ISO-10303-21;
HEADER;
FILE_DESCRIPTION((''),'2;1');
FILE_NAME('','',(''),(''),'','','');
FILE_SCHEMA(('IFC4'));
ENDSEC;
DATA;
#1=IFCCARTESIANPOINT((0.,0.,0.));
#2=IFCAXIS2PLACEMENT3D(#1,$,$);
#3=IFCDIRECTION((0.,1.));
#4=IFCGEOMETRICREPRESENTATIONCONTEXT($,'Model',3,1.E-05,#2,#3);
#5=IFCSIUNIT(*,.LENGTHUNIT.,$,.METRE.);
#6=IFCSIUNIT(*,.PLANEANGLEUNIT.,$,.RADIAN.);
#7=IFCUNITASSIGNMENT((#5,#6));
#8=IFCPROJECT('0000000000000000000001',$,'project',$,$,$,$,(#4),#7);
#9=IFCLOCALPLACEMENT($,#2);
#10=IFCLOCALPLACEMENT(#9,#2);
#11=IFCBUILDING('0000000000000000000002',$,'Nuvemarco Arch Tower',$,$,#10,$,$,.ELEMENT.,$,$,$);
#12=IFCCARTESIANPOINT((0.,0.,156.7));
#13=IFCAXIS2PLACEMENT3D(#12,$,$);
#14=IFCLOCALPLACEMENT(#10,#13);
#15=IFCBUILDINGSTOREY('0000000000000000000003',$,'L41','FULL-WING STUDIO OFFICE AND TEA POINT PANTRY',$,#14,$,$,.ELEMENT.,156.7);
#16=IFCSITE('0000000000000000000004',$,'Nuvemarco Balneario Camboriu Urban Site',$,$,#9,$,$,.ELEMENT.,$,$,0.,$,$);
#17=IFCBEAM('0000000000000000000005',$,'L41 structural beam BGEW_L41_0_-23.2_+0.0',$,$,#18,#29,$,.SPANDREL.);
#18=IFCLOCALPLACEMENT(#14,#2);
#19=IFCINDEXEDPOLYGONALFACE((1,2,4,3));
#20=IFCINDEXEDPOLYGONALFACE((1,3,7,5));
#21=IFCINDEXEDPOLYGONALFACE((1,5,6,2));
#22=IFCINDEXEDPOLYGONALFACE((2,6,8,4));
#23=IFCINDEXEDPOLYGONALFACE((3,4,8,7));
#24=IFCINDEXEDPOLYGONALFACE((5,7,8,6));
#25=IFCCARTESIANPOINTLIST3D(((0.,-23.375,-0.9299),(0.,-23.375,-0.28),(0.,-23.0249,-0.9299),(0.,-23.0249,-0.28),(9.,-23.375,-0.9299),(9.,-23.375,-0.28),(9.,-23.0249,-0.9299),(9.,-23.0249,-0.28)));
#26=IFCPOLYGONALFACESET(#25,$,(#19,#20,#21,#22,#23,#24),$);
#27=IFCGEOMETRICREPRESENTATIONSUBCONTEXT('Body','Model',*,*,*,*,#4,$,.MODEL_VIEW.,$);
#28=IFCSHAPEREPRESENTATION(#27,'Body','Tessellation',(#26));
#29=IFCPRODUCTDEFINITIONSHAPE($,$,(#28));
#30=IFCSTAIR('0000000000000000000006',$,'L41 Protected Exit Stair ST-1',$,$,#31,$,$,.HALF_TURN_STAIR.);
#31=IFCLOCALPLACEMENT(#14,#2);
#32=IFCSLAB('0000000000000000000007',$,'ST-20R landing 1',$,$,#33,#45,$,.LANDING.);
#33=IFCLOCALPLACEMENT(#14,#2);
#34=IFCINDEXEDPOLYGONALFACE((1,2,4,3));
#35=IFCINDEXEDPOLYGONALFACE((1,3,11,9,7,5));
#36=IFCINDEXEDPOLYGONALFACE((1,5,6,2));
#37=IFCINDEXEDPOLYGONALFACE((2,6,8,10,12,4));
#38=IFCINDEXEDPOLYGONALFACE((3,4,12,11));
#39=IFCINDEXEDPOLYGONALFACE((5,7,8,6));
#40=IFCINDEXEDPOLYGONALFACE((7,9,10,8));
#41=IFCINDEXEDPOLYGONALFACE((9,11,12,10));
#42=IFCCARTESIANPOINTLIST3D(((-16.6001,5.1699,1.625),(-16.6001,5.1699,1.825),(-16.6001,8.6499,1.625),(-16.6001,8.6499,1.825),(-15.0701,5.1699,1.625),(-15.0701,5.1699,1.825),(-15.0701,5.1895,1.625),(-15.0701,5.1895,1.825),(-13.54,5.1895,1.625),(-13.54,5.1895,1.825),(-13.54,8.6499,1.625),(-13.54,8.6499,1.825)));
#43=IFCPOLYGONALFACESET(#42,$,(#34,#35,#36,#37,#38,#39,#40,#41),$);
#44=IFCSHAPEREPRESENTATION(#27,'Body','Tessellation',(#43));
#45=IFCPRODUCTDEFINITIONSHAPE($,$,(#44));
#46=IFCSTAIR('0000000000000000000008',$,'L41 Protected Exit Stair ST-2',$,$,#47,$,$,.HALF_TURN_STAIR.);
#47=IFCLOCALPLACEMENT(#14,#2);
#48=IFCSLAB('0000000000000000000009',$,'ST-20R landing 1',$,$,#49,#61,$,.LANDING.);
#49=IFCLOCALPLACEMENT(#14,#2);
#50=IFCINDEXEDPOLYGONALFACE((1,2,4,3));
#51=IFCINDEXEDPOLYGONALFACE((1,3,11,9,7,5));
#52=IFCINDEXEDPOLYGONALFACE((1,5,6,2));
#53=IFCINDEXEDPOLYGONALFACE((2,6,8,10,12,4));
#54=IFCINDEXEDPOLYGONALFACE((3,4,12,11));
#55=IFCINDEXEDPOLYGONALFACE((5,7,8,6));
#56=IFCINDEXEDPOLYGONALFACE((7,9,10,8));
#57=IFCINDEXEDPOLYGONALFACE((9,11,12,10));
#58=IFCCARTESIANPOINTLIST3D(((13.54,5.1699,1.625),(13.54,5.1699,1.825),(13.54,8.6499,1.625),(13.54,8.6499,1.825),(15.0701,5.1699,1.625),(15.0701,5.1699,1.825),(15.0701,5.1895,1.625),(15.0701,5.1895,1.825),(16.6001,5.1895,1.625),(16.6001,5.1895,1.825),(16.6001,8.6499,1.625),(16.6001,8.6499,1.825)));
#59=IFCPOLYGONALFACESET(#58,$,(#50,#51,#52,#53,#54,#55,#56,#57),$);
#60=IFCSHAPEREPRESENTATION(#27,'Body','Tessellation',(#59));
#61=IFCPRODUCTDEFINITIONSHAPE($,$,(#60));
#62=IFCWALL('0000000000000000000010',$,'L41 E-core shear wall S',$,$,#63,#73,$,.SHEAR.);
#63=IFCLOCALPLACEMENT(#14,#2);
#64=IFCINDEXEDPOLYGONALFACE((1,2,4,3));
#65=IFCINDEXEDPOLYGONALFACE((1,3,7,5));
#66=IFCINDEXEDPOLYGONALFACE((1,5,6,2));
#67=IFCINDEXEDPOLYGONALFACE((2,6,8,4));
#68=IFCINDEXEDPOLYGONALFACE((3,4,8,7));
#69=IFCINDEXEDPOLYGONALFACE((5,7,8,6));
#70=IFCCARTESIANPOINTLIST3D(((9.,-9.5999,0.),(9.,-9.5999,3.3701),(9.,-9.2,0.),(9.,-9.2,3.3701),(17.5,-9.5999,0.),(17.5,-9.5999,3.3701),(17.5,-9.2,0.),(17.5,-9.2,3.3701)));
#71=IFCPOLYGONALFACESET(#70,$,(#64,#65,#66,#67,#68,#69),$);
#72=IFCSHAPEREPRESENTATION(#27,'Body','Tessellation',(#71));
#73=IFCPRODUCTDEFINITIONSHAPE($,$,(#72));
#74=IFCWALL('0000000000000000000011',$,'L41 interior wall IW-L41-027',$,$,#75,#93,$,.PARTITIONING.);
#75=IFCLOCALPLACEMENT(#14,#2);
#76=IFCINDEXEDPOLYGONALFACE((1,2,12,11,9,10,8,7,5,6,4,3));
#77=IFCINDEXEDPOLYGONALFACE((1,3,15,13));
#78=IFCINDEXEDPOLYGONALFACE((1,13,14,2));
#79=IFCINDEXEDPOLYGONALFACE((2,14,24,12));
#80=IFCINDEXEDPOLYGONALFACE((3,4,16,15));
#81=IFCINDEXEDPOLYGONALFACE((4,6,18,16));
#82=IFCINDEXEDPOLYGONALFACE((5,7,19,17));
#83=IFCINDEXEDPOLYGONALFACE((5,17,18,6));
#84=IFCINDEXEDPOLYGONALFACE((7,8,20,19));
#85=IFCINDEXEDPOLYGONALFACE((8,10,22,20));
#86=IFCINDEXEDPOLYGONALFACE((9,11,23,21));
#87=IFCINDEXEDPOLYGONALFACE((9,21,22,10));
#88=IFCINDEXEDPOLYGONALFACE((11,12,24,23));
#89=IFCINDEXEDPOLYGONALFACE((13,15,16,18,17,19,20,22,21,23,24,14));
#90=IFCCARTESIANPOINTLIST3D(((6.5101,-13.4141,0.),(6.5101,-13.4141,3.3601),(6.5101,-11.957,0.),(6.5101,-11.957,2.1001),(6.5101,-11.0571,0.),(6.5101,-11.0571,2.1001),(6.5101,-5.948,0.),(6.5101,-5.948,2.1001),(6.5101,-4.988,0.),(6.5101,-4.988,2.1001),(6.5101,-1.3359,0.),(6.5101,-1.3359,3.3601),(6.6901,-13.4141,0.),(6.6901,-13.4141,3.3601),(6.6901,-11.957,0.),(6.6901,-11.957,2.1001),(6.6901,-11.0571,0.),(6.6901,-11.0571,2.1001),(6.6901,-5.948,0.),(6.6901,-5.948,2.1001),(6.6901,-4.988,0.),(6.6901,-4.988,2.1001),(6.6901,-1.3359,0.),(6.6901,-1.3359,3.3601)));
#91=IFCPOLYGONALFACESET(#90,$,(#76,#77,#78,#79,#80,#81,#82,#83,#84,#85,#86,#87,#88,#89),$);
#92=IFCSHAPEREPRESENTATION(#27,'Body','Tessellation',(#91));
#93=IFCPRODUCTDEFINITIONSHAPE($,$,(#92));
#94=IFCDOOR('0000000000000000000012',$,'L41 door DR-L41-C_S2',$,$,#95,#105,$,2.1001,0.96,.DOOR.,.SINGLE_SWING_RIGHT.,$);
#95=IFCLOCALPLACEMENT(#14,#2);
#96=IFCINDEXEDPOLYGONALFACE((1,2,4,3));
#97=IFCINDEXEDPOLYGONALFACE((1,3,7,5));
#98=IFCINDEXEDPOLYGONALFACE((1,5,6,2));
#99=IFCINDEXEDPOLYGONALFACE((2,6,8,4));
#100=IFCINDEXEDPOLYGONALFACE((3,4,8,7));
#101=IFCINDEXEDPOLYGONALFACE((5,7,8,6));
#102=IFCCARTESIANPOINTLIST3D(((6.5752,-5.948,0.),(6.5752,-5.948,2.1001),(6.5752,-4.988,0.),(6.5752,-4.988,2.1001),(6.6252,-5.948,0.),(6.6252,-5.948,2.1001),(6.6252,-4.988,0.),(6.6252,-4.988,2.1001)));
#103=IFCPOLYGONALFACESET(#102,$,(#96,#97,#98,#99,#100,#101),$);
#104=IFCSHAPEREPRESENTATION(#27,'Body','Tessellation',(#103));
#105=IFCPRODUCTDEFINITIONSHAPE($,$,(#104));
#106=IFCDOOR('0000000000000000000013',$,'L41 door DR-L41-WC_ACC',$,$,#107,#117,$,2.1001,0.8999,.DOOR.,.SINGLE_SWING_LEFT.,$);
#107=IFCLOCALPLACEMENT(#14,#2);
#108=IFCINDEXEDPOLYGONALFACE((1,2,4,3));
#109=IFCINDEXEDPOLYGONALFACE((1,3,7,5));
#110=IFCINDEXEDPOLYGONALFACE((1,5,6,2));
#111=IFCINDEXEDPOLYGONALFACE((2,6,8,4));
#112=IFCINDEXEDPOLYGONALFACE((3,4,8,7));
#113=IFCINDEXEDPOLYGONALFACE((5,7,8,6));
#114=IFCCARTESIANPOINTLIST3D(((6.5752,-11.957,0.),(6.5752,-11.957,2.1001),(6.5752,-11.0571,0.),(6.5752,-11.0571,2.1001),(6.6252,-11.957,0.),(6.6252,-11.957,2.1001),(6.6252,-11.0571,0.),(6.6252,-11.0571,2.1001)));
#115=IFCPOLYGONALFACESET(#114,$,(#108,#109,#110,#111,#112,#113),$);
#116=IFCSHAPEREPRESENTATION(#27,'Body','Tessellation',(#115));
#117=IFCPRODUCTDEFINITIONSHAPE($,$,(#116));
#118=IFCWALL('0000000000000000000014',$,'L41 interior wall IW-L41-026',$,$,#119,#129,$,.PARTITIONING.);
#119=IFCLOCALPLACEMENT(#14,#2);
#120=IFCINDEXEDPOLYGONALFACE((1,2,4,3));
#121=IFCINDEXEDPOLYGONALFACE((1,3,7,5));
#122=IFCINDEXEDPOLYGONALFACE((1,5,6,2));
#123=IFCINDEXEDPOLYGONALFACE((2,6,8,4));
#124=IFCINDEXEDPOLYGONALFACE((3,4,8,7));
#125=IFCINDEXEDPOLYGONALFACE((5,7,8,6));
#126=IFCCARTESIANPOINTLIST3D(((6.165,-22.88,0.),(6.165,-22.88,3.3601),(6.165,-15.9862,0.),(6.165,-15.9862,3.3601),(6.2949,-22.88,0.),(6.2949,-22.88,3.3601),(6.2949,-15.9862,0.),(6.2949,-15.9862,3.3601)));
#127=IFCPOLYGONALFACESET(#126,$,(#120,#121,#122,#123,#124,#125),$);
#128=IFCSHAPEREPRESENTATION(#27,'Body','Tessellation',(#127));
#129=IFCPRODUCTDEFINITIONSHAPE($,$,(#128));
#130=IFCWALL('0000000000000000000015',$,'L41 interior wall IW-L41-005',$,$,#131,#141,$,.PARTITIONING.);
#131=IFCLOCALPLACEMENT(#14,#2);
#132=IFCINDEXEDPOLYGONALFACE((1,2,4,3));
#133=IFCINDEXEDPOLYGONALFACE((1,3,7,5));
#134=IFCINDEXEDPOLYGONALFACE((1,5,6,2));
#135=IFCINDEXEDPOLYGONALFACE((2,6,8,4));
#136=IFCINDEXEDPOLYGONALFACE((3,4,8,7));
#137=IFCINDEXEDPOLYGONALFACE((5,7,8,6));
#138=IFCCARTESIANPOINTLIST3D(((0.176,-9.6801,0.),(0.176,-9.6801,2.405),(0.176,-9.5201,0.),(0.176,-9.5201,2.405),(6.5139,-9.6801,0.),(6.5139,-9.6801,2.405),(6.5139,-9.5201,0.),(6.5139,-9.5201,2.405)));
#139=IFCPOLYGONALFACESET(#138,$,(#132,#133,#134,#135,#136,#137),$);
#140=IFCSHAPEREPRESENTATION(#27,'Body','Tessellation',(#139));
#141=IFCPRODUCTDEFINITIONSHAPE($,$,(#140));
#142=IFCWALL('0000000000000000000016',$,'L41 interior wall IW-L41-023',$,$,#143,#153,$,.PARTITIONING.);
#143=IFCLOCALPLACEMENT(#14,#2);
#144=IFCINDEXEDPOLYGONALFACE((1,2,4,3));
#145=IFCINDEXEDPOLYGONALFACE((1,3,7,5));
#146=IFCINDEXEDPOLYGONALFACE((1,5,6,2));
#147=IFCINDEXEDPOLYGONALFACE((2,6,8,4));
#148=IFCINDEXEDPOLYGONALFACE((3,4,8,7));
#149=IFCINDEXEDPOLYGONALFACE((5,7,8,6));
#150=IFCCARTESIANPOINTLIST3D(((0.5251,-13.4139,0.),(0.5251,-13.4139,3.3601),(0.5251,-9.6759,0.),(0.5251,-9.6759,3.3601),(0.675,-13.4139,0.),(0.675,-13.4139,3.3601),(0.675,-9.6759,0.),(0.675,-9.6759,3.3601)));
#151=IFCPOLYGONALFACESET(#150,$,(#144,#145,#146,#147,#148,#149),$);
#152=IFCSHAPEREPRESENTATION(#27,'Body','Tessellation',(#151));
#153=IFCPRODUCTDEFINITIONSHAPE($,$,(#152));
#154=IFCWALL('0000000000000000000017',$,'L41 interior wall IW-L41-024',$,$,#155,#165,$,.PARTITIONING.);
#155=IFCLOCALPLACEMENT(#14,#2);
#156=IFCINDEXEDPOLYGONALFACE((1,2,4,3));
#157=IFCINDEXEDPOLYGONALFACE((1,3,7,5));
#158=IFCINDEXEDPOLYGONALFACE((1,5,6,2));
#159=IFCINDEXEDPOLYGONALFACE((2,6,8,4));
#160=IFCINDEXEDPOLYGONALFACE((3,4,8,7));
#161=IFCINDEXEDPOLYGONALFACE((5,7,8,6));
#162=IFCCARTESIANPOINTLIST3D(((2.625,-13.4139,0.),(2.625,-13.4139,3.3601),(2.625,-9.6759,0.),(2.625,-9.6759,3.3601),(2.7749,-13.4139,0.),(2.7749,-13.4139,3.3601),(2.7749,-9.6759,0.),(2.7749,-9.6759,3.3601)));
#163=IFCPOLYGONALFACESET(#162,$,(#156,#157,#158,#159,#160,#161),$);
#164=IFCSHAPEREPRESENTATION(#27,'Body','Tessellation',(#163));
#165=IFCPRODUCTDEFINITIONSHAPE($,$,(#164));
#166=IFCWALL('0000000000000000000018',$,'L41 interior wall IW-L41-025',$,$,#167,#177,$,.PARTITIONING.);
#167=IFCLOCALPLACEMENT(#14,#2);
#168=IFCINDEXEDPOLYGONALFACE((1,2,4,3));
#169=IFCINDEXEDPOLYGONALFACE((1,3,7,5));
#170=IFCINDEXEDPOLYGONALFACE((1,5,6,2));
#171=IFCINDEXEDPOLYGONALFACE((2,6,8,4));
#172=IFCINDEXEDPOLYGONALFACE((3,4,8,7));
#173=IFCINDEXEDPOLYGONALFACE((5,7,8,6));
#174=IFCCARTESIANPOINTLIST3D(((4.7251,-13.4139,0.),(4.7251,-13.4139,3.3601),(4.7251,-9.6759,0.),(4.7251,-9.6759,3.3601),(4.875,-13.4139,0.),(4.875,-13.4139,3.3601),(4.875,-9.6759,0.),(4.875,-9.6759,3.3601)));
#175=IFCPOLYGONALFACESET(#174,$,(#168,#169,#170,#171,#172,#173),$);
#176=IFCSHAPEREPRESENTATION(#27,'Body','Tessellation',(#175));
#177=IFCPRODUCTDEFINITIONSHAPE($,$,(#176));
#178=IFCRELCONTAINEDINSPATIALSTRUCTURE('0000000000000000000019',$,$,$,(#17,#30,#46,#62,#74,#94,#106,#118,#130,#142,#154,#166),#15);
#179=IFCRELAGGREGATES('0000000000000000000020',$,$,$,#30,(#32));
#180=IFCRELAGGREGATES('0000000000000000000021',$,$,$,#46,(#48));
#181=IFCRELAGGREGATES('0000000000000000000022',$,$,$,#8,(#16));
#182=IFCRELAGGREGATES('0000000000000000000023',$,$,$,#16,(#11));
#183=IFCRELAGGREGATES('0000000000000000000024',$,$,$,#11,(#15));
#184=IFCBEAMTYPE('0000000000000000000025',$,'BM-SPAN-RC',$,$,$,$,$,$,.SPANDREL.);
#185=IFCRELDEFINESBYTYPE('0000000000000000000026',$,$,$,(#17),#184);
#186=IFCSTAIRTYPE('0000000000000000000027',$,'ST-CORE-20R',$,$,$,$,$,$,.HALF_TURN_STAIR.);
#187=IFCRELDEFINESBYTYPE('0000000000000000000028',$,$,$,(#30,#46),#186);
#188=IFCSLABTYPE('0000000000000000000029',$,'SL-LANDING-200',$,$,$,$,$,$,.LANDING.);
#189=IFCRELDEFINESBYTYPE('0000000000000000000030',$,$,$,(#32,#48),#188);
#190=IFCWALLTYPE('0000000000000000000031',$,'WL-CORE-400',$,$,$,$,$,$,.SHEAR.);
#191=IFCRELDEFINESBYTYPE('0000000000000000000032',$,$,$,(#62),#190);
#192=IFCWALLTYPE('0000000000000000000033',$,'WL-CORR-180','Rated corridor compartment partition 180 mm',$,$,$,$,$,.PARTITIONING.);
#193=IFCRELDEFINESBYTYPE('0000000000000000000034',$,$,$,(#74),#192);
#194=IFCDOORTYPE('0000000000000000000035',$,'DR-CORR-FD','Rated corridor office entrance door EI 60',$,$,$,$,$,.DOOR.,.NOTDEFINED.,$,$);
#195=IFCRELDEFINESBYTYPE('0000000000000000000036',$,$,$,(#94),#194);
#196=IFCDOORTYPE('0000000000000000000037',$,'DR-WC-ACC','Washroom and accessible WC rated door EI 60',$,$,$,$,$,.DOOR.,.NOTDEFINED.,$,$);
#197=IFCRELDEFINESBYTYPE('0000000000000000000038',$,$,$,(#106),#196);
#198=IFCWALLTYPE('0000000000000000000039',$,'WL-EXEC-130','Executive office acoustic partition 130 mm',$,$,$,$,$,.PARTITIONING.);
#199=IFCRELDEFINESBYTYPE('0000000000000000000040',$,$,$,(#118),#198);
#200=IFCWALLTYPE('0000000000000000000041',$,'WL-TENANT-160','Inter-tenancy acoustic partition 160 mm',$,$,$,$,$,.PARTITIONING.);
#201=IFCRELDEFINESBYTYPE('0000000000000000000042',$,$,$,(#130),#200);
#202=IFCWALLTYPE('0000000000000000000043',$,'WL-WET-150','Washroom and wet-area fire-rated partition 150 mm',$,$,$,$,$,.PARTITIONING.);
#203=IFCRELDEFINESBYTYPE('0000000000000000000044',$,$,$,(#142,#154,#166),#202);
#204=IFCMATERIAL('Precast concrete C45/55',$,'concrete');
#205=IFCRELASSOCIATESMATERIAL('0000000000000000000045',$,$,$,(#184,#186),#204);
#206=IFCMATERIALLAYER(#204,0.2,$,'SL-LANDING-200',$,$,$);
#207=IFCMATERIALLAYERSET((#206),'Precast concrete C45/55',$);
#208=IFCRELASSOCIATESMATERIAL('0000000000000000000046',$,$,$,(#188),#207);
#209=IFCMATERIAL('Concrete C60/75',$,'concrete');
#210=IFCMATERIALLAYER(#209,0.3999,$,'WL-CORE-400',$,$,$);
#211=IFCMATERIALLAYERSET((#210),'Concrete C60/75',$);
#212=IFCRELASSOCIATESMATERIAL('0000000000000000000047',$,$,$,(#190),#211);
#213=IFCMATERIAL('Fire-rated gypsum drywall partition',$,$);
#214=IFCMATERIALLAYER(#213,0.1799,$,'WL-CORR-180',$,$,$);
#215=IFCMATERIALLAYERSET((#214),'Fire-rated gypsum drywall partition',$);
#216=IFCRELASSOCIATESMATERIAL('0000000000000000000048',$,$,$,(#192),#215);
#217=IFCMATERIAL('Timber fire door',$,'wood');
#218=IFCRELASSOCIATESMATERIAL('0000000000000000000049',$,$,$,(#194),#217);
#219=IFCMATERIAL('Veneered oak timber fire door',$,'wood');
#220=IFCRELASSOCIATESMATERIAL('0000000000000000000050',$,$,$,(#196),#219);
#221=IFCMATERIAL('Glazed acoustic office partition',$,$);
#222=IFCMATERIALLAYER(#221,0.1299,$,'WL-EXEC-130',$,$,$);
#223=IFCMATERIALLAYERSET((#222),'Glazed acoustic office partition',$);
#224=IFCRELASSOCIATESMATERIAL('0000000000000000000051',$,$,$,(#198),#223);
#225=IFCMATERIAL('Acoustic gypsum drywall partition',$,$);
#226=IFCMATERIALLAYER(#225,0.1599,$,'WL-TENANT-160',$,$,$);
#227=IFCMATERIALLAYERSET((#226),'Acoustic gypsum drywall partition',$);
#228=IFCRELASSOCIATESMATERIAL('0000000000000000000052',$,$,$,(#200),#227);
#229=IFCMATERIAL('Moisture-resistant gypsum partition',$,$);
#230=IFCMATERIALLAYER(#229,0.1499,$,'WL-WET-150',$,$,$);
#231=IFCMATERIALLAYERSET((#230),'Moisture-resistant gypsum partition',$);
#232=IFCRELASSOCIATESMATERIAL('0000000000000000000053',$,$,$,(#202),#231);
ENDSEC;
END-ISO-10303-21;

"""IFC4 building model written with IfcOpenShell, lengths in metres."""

from ifc_helpers import new_model, si_unit, direction, frame, frame_2d, origin, origin_2d, place, context, subcontext, project, spatial, polyline, rectangle, outline, extrude, source, transform, mapped, material, layer, layer_set, material_profile, profile_set, type_object, type_shapes, element, fill, aggregate, save


model = new_model("IFC4")

# Units and contexts
model_context = context("Model", 3, precision=1e-05, world=origin(), true_north=direction((0.0, 1.0)))
body_context = subcontext(model_context, "Body", "Model", "MODEL_VIEW")
ifc_project = project(units=[si_unit("LENGTHUNIT", "METRE"), si_unit("PLANEANGLEUNIT", "RADIAN")], contexts=[model_context])

# Site, building, storey
site_placement = place(None, origin())
site = spatial("IfcSite", under=ifc_project, at=site_placement, Name="Nuvemarco Balneario Camboriu Urban Site", CompositionType="ELEMENT", RefElevation=0.0)
building_placement = place(site_placement, origin())
building = spatial("IfcBuilding", under=site, at=building_placement, Name="Nuvemarco Arch Tower", CompositionType="ELEMENT")
storey_placement = place(building_placement, frame((0.0, 0.0, 156.7)))
storey = spatial("IfcBuildingStorey", under=building, at=storey_placement, Name="L41", Description="FULL-WING STUDIO OFFICE AND TEA POINT PANTRY", CompositionType="ELEMENT", Elevation=156.7)

# Beam
ifc_material_1 = material(Name="Concrete C60/75", Category="concrete")
ifc_material_2 = material(Name="Precast concrete C45/55", Category="concrete")
ifc_material_profile_1 = material_profile(ifc_material_2, rectangle(XDim=0.3501, YDim=0.6499, at=origin_2d()), Name="PC-SP-350x650")
ifc_profile_set_1 = profile_set([ifc_material_profile_1], Name="Precast concrete C45/55")
beam_type_1 = type_object("IfcBeamType", Name="BM-SPAN-RC", PredefinedType="SPANDREL", material=ifc_profile_set_1)
beam_1_placement = place(storey_placement, frame((0.0, -23.2, -0.605), z_axis=(1.0, 0.0, 0.0), x_axis=(0.0, 1.0, 0.0)))
element("IfcBeam", 1, at=beam_1_placement, inside=storey, type_object=beam_type_1, Name="L41 structural beam BGEW_L41_0_-23.2_+0.0", PredefinedType="SPANDREL", context=body_context, shape_type="SweptSolid", body=[
    extrude(rectangle(XDim=0.3501, YDim=0.6499, at=origin_2d()), origin(), (0.0, 0.0, 1.0), 9.0),
])

# Stairs, slabs
stair_type = type_object("IfcStairType", Name="ST-CORE-20R", PredefinedType="HALF_TURN_STAIR", material=ifc_material_2)
stair_1_placement = place(storey_placement, origin())
stair_1 = element("IfcStair", 2, at=stair_1_placement, inside=storey, type_object=stair_type, Name="L41 Protected Exit Stair ST-1", PredefinedType="HALF_TURN_STAIR")
ifc_layer_1 = layer(ifc_material_2, 0.2, Name="SL-LANDING-200")
ifc_layer_set_1 = layer_set([ifc_layer_1], Name="Precast concrete C45/55")
slab_type = type_object("IfcSlabType", Name="SL-LANDING-200", PredefinedType="LANDING", material=ifc_layer_set_1)
slab_1_placement = place(storey_placement, frame((0.0, 0.0, 1.625)))
slab_1 = element("IfcSlab", 3, at=slab_1_placement, type_object=slab_type, Name="ST-20R landing 1", PredefinedType="LANDING", context=body_context, shape_type="SweptSolid", body=[
    extrude(outline(polyline([(-13.54, 5.1895), (-13.54, 8.6499), (-16.6001, 8.6499), (-16.6001, 5.1699), (-15.0701, 5.1699), (-15.0701, 5.1895), (-13.54, 5.1895)])), origin(), (0.0, 0.0, 1.0), 0.2),
])
aggregate(stair_1, [slab_1])
stair_2_placement = place(storey_placement, origin())
stair_2 = element("IfcStair", 4, at=stair_2_placement, inside=storey, type_object=stair_type, Name="L41 Protected Exit Stair ST-2", PredefinedType="HALF_TURN_STAIR")
slab_2_placement = place(storey_placement, frame((0.0, 0.0, 1.625)))
slab_2 = element("IfcSlab", 5, at=slab_2_placement, type_object=slab_type, Name="ST-20R landing 1", PredefinedType="LANDING", context=body_context, shape_type="SweptSolid", body=[
    extrude(outline(polyline([(16.6001, 5.1895), (16.6001, 8.6499), (13.54, 8.6499), (13.54, 5.1699), (15.0701, 5.1699), (15.0701, 5.1895), (16.6001, 5.1895)])), origin(), (0.0, 0.0, 1.0), 0.2),
])
aggregate(stair_2, [slab_2])

# Wall
ifc_layer_2 = layer(ifc_material_1, 0.3999, Name="WL-CORE-400")
ifc_layer_set_2 = layer_set([ifc_layer_2], Name="Concrete C60/75")
wall_type_1 = type_object("IfcWallType", Name="WL-CORE-400", PredefinedType="SHEAR", material=ifc_layer_set_2)
wall_1_placement = place(storey_placement, frame((9.0, -9.3999, 0.0), z_axis=(0.0, 0.0, 1.0), x_axis=(1.0, 0.0, 0.0)))
element("IfcWall", 6, at=wall_1_placement, inside=storey, type_object=wall_type_1, Name="L41 E-core shear wall S", PredefinedType="SHEAR", context=body_context, shape_type="SweptSolid", body=[
    extrude(rectangle(XDim=8.5, YDim=0.3999, at=frame_2d((4.25, 0.0))), origin(), (0.0, 0.0, 1.0), 3.3701),
])

# Wall, openings, doors
ifc_material_3 = material(Name="Fire-rated gypsum drywall partition")
ifc_layer_3 = layer(ifc_material_3, 0.1799, Name="WL-CORR-180")
ifc_layer_set_3 = layer_set([ifc_layer_3], Name="Fire-rated gypsum drywall partition")
wall_type_2 = type_object("IfcWallType", Name="WL-CORR-180", Description="Rated corridor compartment partition 180 mm", PredefinedType="PARTITIONING", material=ifc_layer_set_3)
wall_2_placement = place(storey_placement, frame((6.6001, -13.4141, 0.0), z_axis=(0.0, 0.0, 1.0), x_axis=(0.0, 1.0, 0.0)))
wall_2 = element("IfcWall", 7, at=wall_2_placement, inside=storey, type_object=wall_type_2, Name="L41 interior wall IW-L41-027", PredefinedType="PARTITIONING", context=body_context, shape_type="SweptSolid", body=[
    extrude(rectangle(XDim=12.0781, YDim=0.1799, at=frame_2d((6.0391, 0.0))), origin(), (0.0, 0.0, 1.0), 3.3601),
])
opening_1_placement = place(wall_2_placement, frame((7.4661, 0.0, 0.0)))
opening_1 = element("IfcOpeningElement", 8, at=opening_1_placement, cuts=wall_2, PredefinedType="OPENING", context=body_context, shape_type="SweptSolid", body=[
    extrude(rectangle(XDim=0.96, YDim=2.1001, at=frame_2d((0.48, 1.05))), frame((0.0, 0.0999, 0.0), z_axis=(0.0, -1.0, 0.0), x_axis=(1.0, 0.0, 0.0)), (0.0, 0.0, 1.0), 0.2),
])
opening_2_placement = place(wall_2_placement, frame((1.457, 0.0, 0.0)))
opening_2 = element("IfcOpeningElement", 9, at=opening_2_placement, cuts=wall_2, PredefinedType="OPENING", context=body_context, shape_type="SweptSolid", body=[
    extrude(rectangle(XDim=0.8999, YDim=2.1001, at=frame_2d((0.45, 1.05))), frame((0.0, 0.0999, 0.0), z_axis=(0.0, -1.0, 0.0), x_axis=(1.0, 0.0, 0.0)), (0.0, 0.0, 1.0), 0.2),
])
ifc_material_4 = material(Name="Timber fire door", Category="wood")
door_type_1 = type_object("IfcDoorType", Name="DR-CORR-FD", Description="Rated corridor office entrance door EI 60", OperationType="NOTDEFINED", PredefinedType="DOOR", material=ifc_material_4)
shared_shape_1 = source(origin(), body_context, "Body", "SweptSolid", [
    extrude(rectangle(XDim=0.96, YDim=2.1001, at=frame_2d((0.48, 1.05))), frame((0.0, 0.0249, 0.0), z_axis=(0.0, -1.0, 0.0), x_axis=(1.0, 0.0, 0.0)), (0.0, 0.0, 1.0), 0.05),
])
type_shapes(door_type_1, [shared_shape_1])
door_1_placement = place(opening_1_placement, origin())
door_1 = element("IfcDoor", 10, at=door_1_placement, inside=storey, type_object=door_type_1, Name="L41 door DR-L41-C_S2", OperationType="SINGLE_SWING_RIGHT", OverallHeight=2.1001, OverallWidth=0.96, PredefinedType="DOOR", context=body_context, shape_type="MappedRepresentation", body=[
    mapped(shared_shape_1, transform((0.0, 0.0, 0.0), scale=1.0)),
])
fill(opening_1, door_1)
ifc_material_5 = material(Name="Veneered oak timber fire door", Category="wood")
door_type_2 = type_object("IfcDoorType", Name="DR-WC-ACC", Description="Washroom and accessible WC rated door EI 60", OperationType="NOTDEFINED", PredefinedType="DOOR", material=ifc_material_5)
shared_shape_2 = source(origin(), body_context, "Body", "SweptSolid", [
    extrude(rectangle(XDim=0.8999, YDim=2.1001, at=frame_2d((0.45, 1.05))), frame((0.0, 0.0249, 0.0), z_axis=(0.0, -1.0, 0.0), x_axis=(1.0, 0.0, 0.0)), (0.0, 0.0, 1.0), 0.05),
])
type_shapes(door_type_2, [shared_shape_2])
door_2_placement = place(opening_2_placement, origin())
door_2 = element("IfcDoor", 11, at=door_2_placement, inside=storey, type_object=door_type_2, Name="L41 door DR-L41-WC_ACC", OperationType="SINGLE_SWING_LEFT", OverallHeight=2.1001, OverallWidth=0.8999, PredefinedType="DOOR", context=body_context, shape_type="MappedRepresentation", body=[
    mapped(shared_shape_2, transform((0.0, 0.0, 0.0), scale=1.0)),
])
fill(opening_2, door_2)

# Walls
ifc_material_6 = material(Name="Glazed acoustic office partition")
ifc_layer_4 = layer(ifc_material_6, 0.1299, Name="WL-EXEC-130")
ifc_layer_set_4 = layer_set([ifc_layer_4], Name="Glazed acoustic office partition")
wall_type_3 = type_object("IfcWallType", Name="WL-EXEC-130", Description="Executive office acoustic partition 130 mm", PredefinedType="PARTITIONING", material=ifc_layer_set_4)
wall_3_placement = place(storey_placement, frame((6.23, -22.8799, 0.0), z_axis=(0.0, 0.0, 1.0), x_axis=(0.0, 1.0, 0.0)))
element("IfcWall", 12, at=wall_3_placement, inside=storey, type_object=wall_type_3, Name="L41 interior wall IW-L41-026", PredefinedType="PARTITIONING", context=body_context, shape_type="SweptSolid", body=[
    extrude(rectangle(XDim=6.8938, YDim=0.1299, at=frame_2d((3.4468, 0.0))), origin(), (0.0, 0.0, 1.0), 3.3601),
])
ifc_material_7 = material(Name="Acoustic gypsum drywall partition")
ifc_layer_5 = layer(ifc_material_7, 0.1599, Name="WL-TENANT-160")
ifc_layer_set_5 = layer_set([ifc_layer_5], Name="Acoustic gypsum drywall partition")
wall_type_4 = type_object("IfcWallType", Name="WL-TENANT-160", Description="Inter-tenancy acoustic partition 160 mm", PredefinedType="PARTITIONING", material=ifc_layer_set_5)
wall_4_placement = place(storey_placement, frame((0.176, -9.6001, 0.0), z_axis=(0.0, 0.0, 1.0), x_axis=(1.0, 0.0, 0.0)))
element("IfcWall", 13, at=wall_4_placement, inside=storey, type_object=wall_type_4, Name="L41 interior wall IW-L41-005", PredefinedType="PARTITIONING", context=body_context, shape_type="SweptSolid", body=[
    extrude(rectangle(XDim=6.3379, YDim=0.1599, at=frame_2d((3.1689, 0.0))), origin(), (0.0, 0.0, 1.0), 2.405),
])
ifc_material_8 = material(Name="Moisture-resistant gypsum partition")
ifc_layer_6 = layer(ifc_material_8, 0.1499, Name="WL-WET-150")
ifc_layer_set_6 = layer_set([ifc_layer_6], Name="Moisture-resistant gypsum partition")
wall_type_5 = type_object("IfcWallType", Name="WL-WET-150", Description="Washroom and wet-area fire-rated partition 150 mm", PredefinedType="PARTITIONING", material=ifc_layer_set_6)
for number, where, z_axis, x_axis, name in (
    (14, (0.6001, -13.4141, 0.0), (0.0, 0.0, 1.0), (0.0, 1.0, 0.0), "L41 interior wall IW-L41-023"),
    (15, (2.7, -13.4141, 0.0), (0.0, 0.0, 1.0), (0.0, 1.0, 0.0), "L41 interior wall IW-L41-024"),
    (16, (4.8, -13.4141, 0.0), (0.0, 0.0, 1.0), (0.0, 1.0, 0.0), "L41 interior wall IW-L41-025"),
):
    element("IfcWall", number, at=place(storey_placement, frame(where, z_axis=z_axis, x_axis=x_axis)), inside=storey, type_object=wall_type_5, Name=name, PredefinedType="PARTITIONING", context=body_context, shape_type="SweptSolid", body=[
        extrude(rectangle(XDim=3.738, YDim=0.1499, at=frame_2d((1.8691, 0.0))), origin(), (0.0, 0.0, 1.0), 3.3601),
    ])

save(model, "model.ifc")
